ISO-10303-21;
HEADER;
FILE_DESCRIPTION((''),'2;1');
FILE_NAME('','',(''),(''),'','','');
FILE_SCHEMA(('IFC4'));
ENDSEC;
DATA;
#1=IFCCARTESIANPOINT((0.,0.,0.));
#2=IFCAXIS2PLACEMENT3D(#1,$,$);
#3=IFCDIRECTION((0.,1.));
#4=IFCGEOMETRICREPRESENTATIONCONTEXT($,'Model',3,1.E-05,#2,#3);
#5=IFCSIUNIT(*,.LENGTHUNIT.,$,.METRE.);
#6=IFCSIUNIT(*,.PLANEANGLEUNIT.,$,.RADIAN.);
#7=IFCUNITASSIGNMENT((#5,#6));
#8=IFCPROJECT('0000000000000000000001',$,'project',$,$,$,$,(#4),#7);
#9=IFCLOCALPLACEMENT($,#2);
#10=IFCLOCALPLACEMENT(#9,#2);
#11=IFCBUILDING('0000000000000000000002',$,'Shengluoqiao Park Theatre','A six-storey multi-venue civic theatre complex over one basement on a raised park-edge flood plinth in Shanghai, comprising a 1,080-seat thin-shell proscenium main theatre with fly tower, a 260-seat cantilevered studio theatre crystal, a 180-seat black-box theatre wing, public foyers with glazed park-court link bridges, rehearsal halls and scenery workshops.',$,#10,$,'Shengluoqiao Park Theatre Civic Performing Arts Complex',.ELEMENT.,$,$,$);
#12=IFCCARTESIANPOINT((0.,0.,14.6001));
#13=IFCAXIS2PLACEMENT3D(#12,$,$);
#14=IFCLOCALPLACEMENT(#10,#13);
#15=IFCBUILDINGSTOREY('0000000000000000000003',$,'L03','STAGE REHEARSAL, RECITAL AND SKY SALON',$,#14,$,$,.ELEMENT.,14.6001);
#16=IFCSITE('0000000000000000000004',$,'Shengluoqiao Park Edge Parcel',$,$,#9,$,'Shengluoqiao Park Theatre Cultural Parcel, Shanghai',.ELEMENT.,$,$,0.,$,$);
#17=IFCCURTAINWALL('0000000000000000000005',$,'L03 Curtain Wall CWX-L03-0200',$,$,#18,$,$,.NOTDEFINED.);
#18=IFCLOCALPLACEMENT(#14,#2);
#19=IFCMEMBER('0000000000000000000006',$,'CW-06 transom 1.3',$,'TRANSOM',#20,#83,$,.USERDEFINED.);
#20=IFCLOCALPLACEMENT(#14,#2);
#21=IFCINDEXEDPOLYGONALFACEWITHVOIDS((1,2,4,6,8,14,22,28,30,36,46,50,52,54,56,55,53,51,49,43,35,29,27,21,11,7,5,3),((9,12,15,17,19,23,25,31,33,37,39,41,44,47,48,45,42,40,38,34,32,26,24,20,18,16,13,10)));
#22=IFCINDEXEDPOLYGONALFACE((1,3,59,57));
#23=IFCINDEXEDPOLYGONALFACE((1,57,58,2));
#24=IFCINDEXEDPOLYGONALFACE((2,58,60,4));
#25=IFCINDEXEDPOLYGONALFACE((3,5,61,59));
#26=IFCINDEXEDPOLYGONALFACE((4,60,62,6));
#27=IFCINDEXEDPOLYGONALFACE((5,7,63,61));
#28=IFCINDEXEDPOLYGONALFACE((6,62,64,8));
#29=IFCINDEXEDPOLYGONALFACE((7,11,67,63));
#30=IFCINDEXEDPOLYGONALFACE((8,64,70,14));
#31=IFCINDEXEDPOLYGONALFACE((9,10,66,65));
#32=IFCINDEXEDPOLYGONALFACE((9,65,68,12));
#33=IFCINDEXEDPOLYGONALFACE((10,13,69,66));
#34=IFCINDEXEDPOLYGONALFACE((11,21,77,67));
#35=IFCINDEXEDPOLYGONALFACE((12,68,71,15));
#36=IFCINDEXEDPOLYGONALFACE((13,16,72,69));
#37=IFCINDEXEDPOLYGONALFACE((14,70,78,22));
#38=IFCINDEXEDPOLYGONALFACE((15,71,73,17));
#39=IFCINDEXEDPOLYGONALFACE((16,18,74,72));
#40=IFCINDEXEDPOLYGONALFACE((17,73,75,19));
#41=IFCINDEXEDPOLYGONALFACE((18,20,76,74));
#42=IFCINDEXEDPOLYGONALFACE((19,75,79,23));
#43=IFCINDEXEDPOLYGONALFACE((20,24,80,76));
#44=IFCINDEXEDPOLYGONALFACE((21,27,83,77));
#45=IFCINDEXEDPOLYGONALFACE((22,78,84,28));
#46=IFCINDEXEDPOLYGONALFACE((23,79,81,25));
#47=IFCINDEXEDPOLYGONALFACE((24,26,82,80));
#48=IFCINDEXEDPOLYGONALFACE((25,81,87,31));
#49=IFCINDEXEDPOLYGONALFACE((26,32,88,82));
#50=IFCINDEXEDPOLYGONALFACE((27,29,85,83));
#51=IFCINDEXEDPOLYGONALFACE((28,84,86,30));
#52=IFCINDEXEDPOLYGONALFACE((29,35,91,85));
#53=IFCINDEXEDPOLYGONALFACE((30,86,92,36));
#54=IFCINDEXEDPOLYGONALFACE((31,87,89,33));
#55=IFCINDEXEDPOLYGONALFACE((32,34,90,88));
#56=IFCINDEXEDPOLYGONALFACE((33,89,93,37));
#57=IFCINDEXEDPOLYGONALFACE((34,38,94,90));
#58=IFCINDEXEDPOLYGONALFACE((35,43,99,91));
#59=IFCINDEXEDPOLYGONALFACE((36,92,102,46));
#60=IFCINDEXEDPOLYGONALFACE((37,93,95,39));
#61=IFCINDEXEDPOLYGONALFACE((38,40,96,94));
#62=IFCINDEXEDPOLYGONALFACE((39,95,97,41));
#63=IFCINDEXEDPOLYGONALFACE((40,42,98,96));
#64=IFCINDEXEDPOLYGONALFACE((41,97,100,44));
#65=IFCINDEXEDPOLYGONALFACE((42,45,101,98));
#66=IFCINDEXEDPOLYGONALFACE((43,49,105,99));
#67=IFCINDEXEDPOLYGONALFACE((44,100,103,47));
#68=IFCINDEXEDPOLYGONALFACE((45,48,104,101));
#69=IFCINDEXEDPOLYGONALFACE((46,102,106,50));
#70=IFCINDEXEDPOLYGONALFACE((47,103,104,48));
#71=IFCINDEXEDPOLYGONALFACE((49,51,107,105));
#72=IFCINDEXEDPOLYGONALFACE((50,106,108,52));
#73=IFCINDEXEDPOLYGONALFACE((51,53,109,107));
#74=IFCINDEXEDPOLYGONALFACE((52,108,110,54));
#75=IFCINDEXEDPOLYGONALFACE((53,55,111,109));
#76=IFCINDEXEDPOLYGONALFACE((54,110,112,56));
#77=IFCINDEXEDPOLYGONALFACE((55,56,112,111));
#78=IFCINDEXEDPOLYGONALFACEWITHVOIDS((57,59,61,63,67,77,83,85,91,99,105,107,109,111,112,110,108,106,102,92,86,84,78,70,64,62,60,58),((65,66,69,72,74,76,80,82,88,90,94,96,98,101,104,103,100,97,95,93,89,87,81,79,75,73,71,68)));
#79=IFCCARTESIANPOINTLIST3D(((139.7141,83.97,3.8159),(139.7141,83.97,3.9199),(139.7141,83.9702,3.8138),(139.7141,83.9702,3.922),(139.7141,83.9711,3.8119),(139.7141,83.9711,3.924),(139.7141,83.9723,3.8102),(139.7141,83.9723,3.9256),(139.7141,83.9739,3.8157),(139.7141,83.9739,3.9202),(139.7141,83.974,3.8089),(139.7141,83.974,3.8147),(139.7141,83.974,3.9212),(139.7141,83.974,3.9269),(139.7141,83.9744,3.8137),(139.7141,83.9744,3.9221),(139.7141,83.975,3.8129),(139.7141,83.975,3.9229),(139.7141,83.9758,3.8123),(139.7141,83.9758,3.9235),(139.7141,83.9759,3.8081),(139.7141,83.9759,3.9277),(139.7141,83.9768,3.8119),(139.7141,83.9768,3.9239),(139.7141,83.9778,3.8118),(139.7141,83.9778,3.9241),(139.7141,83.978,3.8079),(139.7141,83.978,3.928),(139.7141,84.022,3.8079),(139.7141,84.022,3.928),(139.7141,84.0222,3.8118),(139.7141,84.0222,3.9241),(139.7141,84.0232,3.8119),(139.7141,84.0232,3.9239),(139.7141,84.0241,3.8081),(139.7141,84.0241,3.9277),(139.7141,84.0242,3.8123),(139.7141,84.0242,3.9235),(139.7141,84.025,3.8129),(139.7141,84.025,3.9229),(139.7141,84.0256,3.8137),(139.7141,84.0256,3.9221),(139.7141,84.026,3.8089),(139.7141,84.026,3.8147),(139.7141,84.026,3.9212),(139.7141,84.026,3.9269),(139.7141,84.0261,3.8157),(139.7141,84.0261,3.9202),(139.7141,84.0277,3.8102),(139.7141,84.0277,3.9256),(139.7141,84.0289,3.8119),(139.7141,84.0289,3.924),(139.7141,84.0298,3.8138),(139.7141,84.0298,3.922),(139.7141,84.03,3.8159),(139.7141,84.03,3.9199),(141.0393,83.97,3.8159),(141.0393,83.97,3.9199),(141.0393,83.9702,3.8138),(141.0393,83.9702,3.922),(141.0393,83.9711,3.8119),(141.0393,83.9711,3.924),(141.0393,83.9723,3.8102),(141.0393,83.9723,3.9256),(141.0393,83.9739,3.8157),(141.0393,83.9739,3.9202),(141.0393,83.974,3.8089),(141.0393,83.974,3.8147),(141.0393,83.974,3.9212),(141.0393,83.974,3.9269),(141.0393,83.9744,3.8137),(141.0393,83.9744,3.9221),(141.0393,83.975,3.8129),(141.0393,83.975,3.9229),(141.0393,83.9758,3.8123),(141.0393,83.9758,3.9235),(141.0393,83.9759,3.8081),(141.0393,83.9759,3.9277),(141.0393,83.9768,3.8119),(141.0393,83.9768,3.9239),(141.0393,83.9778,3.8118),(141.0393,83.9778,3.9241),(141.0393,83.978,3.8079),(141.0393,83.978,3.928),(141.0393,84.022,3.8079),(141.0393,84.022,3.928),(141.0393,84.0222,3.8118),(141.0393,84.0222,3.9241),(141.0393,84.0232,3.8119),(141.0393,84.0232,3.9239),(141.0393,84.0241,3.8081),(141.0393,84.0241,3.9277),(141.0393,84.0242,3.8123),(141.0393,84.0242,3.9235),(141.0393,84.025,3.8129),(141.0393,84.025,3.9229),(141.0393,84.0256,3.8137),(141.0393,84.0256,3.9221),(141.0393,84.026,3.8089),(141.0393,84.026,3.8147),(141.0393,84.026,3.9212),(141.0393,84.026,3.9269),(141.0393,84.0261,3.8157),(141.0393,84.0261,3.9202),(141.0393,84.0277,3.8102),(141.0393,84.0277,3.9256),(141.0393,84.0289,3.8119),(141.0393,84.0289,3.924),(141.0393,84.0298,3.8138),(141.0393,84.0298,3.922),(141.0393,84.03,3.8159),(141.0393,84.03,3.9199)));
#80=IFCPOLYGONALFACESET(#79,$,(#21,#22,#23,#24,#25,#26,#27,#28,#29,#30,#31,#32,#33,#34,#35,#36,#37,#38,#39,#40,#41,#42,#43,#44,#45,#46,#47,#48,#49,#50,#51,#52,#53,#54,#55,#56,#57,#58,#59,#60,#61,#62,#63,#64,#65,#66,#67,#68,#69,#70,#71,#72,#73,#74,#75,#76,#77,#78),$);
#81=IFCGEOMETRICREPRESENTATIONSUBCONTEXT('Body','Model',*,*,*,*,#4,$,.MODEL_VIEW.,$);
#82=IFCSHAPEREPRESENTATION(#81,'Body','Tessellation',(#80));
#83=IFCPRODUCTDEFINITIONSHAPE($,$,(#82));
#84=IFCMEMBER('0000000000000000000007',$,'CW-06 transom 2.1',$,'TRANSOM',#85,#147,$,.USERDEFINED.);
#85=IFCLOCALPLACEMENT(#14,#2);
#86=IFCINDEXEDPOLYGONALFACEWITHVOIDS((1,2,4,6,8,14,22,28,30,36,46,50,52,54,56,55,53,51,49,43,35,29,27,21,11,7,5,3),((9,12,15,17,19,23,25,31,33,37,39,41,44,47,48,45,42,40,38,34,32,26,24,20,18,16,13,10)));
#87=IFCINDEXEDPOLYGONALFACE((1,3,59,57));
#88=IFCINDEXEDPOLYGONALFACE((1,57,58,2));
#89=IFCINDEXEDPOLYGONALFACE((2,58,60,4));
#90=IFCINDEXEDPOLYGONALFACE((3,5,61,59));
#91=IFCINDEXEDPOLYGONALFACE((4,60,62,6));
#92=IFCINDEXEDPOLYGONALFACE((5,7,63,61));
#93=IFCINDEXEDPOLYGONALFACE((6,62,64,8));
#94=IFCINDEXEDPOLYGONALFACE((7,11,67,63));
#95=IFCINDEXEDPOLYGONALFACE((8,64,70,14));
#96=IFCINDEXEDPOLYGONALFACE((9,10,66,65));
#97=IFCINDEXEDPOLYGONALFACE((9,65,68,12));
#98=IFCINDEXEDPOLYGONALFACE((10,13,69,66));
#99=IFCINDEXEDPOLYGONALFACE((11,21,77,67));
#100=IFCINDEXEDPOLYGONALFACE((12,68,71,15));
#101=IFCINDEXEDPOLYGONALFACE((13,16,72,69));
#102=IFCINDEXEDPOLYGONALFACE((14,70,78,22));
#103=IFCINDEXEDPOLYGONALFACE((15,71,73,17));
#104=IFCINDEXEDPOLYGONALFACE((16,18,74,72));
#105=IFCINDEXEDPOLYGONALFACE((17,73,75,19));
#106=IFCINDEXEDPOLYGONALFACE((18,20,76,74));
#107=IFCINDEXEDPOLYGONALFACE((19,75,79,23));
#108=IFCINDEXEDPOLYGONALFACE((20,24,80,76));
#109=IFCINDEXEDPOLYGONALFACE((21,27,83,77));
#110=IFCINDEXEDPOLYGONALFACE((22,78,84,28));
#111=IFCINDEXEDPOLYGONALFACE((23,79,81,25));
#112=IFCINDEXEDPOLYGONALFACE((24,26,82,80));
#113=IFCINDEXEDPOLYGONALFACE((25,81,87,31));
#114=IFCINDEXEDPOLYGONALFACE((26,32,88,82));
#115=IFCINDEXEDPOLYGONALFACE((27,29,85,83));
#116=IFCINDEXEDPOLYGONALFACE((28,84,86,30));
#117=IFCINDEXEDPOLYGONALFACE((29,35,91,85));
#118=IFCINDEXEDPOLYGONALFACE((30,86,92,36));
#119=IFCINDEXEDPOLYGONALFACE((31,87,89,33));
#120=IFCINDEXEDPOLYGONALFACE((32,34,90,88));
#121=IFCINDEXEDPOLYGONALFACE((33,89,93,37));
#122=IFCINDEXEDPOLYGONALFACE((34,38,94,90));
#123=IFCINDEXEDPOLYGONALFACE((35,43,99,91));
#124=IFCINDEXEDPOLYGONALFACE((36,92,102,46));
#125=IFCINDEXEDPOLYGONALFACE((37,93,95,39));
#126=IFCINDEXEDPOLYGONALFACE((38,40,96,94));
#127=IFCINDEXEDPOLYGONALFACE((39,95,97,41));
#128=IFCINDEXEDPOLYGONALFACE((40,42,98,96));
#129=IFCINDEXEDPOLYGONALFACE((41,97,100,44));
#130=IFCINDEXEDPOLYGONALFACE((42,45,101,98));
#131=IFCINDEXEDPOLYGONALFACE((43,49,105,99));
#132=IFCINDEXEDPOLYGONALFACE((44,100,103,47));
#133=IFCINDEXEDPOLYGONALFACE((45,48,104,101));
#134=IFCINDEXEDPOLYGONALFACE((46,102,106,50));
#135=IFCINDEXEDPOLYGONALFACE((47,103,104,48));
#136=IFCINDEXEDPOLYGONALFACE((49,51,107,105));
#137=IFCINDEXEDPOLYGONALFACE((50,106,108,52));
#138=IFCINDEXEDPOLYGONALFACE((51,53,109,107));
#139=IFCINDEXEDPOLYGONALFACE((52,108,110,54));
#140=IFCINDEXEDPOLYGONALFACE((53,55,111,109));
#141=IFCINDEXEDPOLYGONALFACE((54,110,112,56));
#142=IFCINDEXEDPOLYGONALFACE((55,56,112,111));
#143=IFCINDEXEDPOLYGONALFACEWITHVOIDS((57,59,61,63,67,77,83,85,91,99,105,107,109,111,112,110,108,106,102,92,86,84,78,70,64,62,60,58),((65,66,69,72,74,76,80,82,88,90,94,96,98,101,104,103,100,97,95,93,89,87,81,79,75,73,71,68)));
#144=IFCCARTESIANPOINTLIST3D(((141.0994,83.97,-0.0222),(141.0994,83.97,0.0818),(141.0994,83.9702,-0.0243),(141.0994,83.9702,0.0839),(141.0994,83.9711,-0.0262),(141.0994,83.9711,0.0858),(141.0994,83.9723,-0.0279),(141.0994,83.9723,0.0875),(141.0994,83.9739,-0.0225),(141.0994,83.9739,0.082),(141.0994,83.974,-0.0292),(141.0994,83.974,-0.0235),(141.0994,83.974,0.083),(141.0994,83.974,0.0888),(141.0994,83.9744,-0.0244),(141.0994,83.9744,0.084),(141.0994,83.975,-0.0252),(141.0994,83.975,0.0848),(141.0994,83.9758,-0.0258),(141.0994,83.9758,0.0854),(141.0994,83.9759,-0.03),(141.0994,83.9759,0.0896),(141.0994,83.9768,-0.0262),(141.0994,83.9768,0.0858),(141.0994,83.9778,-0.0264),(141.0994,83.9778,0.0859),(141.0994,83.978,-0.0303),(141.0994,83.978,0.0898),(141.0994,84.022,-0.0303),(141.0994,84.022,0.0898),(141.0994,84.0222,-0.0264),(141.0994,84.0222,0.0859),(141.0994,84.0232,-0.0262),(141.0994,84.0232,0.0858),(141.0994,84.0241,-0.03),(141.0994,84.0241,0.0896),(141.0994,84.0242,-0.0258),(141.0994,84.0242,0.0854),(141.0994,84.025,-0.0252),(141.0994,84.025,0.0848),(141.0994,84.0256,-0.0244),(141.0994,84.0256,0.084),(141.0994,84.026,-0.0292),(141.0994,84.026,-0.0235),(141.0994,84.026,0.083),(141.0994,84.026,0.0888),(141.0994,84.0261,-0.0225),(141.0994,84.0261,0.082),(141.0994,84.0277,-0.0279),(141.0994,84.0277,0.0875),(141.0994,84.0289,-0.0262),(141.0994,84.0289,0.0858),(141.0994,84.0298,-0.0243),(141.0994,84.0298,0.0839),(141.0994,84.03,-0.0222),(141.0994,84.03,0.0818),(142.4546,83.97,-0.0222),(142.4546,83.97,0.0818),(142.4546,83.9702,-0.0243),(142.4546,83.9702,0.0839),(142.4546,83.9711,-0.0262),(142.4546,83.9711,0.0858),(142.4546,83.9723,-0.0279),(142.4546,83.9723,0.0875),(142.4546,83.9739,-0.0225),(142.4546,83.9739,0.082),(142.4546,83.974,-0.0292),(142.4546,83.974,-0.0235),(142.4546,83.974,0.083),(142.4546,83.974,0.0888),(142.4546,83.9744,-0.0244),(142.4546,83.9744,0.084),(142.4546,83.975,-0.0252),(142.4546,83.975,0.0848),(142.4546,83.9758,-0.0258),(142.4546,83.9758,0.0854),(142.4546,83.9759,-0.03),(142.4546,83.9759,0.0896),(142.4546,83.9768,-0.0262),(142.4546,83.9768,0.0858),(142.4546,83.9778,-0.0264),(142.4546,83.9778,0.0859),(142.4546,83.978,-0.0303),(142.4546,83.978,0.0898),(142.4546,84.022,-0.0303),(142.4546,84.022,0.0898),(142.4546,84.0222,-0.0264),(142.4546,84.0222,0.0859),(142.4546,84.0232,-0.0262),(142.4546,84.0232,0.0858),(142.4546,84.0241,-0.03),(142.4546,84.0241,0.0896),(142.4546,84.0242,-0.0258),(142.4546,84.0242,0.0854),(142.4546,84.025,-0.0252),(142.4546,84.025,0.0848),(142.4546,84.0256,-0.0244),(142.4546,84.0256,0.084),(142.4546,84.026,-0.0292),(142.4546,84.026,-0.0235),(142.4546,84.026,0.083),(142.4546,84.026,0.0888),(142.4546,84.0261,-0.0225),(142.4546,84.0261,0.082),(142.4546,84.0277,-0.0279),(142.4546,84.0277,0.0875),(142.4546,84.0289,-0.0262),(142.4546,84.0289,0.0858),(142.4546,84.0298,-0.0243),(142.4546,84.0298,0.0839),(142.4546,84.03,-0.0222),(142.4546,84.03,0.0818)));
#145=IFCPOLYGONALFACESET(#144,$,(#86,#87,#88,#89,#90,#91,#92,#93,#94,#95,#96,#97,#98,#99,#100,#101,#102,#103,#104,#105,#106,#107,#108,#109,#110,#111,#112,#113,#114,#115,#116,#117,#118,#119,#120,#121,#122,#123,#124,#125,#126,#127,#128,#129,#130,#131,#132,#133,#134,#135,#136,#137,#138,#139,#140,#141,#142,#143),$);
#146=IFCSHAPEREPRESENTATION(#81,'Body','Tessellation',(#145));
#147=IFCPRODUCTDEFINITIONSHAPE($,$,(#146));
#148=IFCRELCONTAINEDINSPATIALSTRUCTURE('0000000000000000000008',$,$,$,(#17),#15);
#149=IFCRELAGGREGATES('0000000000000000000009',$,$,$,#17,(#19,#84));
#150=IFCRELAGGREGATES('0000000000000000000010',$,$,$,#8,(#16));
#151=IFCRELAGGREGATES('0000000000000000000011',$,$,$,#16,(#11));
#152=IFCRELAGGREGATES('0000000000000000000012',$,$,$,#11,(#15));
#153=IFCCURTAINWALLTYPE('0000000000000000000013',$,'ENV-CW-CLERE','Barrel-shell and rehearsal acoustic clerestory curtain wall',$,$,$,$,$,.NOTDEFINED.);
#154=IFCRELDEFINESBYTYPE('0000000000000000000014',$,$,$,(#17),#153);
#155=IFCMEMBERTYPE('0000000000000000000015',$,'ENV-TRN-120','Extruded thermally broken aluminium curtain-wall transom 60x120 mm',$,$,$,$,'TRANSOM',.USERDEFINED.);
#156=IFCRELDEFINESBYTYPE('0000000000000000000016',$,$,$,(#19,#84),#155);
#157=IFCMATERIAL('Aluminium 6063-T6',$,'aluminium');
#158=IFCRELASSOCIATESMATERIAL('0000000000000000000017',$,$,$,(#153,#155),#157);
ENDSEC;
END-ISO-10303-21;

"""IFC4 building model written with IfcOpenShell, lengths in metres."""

from ifc_helpers import new_model, si_unit, direction, frame, origin, origin_2d, place, context, subcontext, project, spatial, hollow_rectangle, extrude, material, material_profile, profile_set, type_object, element, aggregate, save


model = new_model("IFC4")

# Units and contexts
model_context = context("Model", 3, precision=1e-05, world=origin(), true_north=direction((0.0, 1.0)))
body_context = subcontext(model_context, "Body", "Model", "MODEL_VIEW")
ifc_project = project(units=[si_unit("LENGTHUNIT", "METRE"), si_unit("PLANEANGLEUNIT", "RADIAN")], contexts=[model_context])

# Site, building, storey
site_placement = place(None, origin())
site = spatial("IfcSite", under=ifc_project, at=site_placement, Name="Shengluoqiao Park Edge Parcel", LongName="Shengluoqiao Park Theatre Cultural Parcel, Shanghai", CompositionType="ELEMENT", RefElevation=0.0)
building_placement = place(site_placement, origin())
building = spatial("IfcBuilding", under=site, at=building_placement, Name="Shengluoqiao Park Theatre", Description="A six-storey multi-venue civic theatre complex over one basement on a raised park-edge flood plinth in Shanghai, comprising a 1,080-seat thin-shell proscenium main theatre with fly tower, a 260-seat cantilevered studio theatre crystal, a 180-seat black-box theatre wing, public foyers with glazed park-court link bridges, rehearsal halls and scenery workshops.", LongName="Shengluoqiao Park Theatre Civic Performing Arts Complex", CompositionType="ELEMENT")
storey_placement = place(building_placement, frame((0.0, 0.0, 14.6001)))
storey = spatial("IfcBuildingStorey", under=building, at=storey_placement, Name="L03", Description="STAGE REHEARSAL, RECITAL AND SKY SALON", CompositionType="ELEMENT", Elevation=14.6001)

# Curtain wall, members
ifc_material_1 = material(Name="Aluminium 6063-T6", Category="aluminium")
curtain_wall_type = type_object("IfcCurtainWallType", Name="ENV-CW-CLERE", Description="Barrel-shell and rehearsal acoustic clerestory curtain wall", PredefinedType="NOTDEFINED", material=ifc_material_1)
curtain_wall_placement = place(storey_placement, origin())
curtain_wall = element("IfcCurtainWall", 1, at=curtain_wall_placement, inside=storey, type_object=curtain_wall_type, Name="L03 Curtain Wall CWX-L03-0200", PredefinedType="NOTDEFINED")
ifc_material_profile_1 = material_profile(ifc_material_1, hollow_rectangle(XDim=0.0601, YDim=0.1201, WallThickness=0.0039, InnerFilletRadius=0.0039, OuterFilletRadius=0.0081, at=origin_2d()), Name="ALU TRANSOM 120x60x4")
ifc_profile_set_1 = profile_set([ifc_material_profile_1], Name="Aluminium 6063-T6")
member_type_1 = type_object("IfcMemberType", Name="ENV-TRN-120", Description="Extruded thermally broken aluminium curtain-wall transom 60x120 mm", ElementType="TRANSOM", PredefinedType="USERDEFINED", material=ifc_profile_set_1)
member_1_placement = place(storey_placement, frame((139.7141, 84.0, 3.8679), z_axis=(1.0, 0.0, 0.0), x_axis=(0.0, 1.0, 0.0)))
member_1 = element("IfcMember", 2, at=member_1_placement, type_object=member_type_1, Name="CW-06 transom 1.3", ObjectType="TRANSOM", PredefinedType="USERDEFINED", context=body_context, shape_type="SweptSolid", body=[
    extrude(hollow_rectangle(XDim=0.0601, YDim=0.1201, WallThickness=0.0039, InnerFilletRadius=0.0039, OuterFilletRadius=0.0081, at=origin_2d()), origin(), (0.0, 0.0, 1.0), 1.3252),
])
member_2_placement = place(storey_placement, frame((141.0994, 84.0, 0.0298), z_axis=(1.0, 0.0, 0.0), x_axis=(0.0, 1.0, 0.0)))
member_2 = element("IfcMember", 3, at=member_2_placement, type_object=member_type_1, Name="CW-06 transom 2.1", ObjectType="TRANSOM", PredefinedType="USERDEFINED", context=body_context, shape_type="SweptSolid", body=[
    extrude(hollow_rectangle(XDim=0.0601, YDim=0.1201, WallThickness=0.0039, InnerFilletRadius=0.0039, OuterFilletRadius=0.0081, at=origin_2d()), origin(), (0.0, 0.0, 1.0), 1.3552),
])

aggregate(curtain_wall, [member_1, member_2])

save(model, "model.ifc")
